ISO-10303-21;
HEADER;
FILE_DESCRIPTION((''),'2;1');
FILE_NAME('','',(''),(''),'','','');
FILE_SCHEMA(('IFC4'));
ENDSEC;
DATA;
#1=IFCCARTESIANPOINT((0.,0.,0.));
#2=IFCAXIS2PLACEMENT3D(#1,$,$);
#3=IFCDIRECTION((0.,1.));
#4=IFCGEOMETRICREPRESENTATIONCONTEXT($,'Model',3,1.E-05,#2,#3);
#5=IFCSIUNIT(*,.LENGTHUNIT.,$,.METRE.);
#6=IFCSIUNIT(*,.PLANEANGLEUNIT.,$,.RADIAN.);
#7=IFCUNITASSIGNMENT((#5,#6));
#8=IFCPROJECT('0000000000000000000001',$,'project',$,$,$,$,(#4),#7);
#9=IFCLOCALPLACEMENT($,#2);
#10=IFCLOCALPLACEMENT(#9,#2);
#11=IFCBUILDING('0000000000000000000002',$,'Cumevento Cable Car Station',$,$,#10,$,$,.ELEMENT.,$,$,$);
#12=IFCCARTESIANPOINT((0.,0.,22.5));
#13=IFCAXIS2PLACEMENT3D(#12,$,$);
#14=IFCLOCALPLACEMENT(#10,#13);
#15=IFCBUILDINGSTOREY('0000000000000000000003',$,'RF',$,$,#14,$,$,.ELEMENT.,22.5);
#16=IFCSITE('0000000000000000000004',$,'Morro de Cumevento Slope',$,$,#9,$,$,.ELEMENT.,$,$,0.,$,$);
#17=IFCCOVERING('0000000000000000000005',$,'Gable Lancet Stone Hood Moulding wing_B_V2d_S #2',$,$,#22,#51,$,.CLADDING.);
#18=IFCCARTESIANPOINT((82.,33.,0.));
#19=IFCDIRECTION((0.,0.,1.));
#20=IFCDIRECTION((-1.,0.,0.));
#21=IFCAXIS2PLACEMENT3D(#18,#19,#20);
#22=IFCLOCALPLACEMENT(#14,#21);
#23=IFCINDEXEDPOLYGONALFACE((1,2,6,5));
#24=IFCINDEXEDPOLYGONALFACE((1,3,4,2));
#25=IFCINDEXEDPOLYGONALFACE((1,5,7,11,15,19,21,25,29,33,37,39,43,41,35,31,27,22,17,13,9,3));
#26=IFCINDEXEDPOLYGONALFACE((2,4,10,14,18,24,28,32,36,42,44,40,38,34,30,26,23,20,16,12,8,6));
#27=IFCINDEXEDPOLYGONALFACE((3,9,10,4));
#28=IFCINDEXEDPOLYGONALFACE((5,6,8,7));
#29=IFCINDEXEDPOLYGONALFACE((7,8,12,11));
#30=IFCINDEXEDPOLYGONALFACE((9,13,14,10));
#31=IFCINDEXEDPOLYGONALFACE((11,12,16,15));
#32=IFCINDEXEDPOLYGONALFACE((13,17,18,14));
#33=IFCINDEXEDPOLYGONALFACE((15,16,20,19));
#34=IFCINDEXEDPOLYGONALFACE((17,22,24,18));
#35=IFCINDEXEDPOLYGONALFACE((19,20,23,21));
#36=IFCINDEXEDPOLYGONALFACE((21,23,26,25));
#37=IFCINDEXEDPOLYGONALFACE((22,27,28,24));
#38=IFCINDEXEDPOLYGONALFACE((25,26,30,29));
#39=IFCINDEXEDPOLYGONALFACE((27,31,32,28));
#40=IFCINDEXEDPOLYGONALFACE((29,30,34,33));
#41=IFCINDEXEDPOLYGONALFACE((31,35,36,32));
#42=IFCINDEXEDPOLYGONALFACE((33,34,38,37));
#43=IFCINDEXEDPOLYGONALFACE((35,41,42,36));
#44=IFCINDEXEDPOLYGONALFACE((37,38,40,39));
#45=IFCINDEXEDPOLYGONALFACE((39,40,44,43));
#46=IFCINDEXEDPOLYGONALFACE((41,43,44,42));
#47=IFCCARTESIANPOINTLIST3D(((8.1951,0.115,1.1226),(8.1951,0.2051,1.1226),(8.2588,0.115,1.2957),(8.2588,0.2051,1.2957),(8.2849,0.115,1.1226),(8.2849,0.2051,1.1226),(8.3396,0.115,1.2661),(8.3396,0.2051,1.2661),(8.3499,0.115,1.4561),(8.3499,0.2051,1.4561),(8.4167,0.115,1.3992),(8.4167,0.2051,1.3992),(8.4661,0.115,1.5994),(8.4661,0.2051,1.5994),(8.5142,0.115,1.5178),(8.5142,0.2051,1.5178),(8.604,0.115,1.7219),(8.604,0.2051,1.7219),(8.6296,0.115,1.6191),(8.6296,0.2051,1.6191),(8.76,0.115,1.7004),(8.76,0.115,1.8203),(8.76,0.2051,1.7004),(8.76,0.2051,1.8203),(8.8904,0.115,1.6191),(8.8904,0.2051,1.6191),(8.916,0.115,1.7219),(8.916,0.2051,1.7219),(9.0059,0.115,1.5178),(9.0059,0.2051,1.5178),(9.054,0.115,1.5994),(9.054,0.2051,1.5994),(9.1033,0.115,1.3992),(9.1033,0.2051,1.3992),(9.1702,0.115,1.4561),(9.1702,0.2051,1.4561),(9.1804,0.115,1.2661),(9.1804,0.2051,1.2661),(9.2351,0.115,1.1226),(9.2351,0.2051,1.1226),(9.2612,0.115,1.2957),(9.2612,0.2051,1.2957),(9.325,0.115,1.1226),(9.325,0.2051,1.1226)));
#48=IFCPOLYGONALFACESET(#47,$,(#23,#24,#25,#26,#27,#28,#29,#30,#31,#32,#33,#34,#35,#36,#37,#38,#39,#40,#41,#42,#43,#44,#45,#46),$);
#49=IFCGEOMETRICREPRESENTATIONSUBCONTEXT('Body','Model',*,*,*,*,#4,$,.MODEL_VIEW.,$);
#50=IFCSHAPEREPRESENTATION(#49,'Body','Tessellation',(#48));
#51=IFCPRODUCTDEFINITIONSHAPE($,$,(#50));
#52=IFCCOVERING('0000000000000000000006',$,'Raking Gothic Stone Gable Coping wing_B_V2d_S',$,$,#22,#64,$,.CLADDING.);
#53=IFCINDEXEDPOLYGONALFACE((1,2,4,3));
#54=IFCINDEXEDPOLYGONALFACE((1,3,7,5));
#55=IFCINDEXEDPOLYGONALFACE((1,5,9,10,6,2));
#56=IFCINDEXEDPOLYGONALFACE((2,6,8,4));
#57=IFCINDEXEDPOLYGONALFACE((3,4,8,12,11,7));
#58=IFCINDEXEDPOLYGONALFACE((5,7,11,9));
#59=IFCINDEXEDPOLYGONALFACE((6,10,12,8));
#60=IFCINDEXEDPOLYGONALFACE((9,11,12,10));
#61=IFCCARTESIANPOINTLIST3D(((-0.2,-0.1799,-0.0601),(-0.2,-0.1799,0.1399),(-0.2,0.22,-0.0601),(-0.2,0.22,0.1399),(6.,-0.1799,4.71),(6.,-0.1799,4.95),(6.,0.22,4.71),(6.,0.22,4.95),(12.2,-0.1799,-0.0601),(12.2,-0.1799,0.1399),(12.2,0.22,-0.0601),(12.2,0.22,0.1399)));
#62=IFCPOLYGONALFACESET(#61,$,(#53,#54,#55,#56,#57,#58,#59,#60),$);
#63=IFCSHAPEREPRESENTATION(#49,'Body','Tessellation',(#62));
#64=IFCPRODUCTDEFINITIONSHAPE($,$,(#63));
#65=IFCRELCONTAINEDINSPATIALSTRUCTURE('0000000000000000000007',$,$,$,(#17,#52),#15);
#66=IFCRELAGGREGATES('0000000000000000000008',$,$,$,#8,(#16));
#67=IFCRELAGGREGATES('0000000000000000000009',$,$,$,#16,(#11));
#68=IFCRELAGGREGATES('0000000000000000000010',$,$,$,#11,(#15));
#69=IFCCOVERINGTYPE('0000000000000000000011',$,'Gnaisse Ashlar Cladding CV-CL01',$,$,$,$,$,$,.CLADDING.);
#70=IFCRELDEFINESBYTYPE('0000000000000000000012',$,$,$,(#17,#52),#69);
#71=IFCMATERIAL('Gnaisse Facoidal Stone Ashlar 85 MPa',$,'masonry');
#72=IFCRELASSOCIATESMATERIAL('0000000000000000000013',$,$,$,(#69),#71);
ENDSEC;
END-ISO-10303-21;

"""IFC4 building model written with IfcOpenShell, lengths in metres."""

from ifc_helpers import new_model, si_unit, direction, frame, origin, place, context, subcontext, project, spatial, polyline, outline, extrude, material, type_object, element, save


model = new_model("IFC4")

# Units and contexts
model_context = context("Model", 3, precision=1e-05, world=origin(), true_north=direction((0.0, 1.0)))
body_context = subcontext(model_context, "Body", "Model", "MODEL_VIEW")
ifc_project = project(units=[si_unit("LENGTHUNIT", "METRE"), si_unit("PLANEANGLEUNIT", "RADIAN")], contexts=[model_context])

# Site, building, storey
site_placement = place(None, origin())
site = spatial("IfcSite", under=ifc_project, at=site_placement, Name="Morro de Cumevento Slope", CompositionType="ELEMENT", RefElevation=0.0)
building_placement = place(site_placement, origin())
building = spatial("IfcBuilding", under=site, at=building_placement, Name="Cumevento Cable Car Station", CompositionType="ELEMENT")
storey_placement = place(building_placement, frame((0.0, 0.0, 22.5)))
storey = spatial("IfcBuildingStorey", under=building, at=storey_placement, Name="RF", CompositionType="ELEMENT", Elevation=22.5)

# Coverings
ifc_material_1 = material(Name="Gnaisse Facoidal Stone Ashlar 85 MPa", Category="masonry")
covering_type = type_object("IfcCoveringType", Name="Gnaisse Ashlar Cladding CV-CL01", PredefinedType="CLADDING", material=ifc_material_1)
placement = place(storey_placement, frame((82.0, 33.0, 0.0), z_axis=(0.0, 0.0, 1.0), x_axis=(-1.0, 0.0, 0.0)))
element("IfcCovering", 1, at=placement, inside=storey, type_object=covering_type, Name="Gable Lancet Stone Hood Moulding wing_B_V2d_S #2", PredefinedType="CLADDING", context=body_context, shape_type="SweptSolid", body=[
    extrude(outline(polyline([(8.2849, 1.1226), (8.3396, 1.2661), (8.4167, 1.3992), (8.5142, 1.5178), (8.6296, 1.6191), (8.76, 1.7004), (8.8904, 1.6191), (9.0059, 1.5178), (9.1033, 1.3992), (9.1804, 1.2661), (9.2351, 1.1226), (9.325, 1.1226), (9.2612, 1.2957), (9.1702, 1.4561), (9.054, 1.5994), (8.916, 1.7219), (8.76, 1.8203), (8.604, 1.7219), (8.4661, 1.5994), (8.3499, 1.4561), (8.2588, 1.2957), (8.1951, 1.1226), (8.2849, 1.1226)])), frame((0.0, 0.2051, 0.0), z_axis=(0.0, -1.0, 0.0), x_axis=(1.0, 0.0, 0.0)), (0.0, 0.0, 1.0), 0.0901),
])
element("IfcCovering", 2, at=placement, inside=storey, type_object=covering_type, Name="Raking Gothic Stone Gable Coping wing_B_V2d_S", PredefinedType="CLADDING", context=body_context, shape_type="SweptSolid", body=[
    extrude(outline(polyline([(-0.2, -0.0601), (6.0, 4.71), (12.2, -0.0601), (12.2, 0.1399), (6.0, 4.95), (-0.2, 0.1399), (-0.2, -0.0601)])), frame((0.0, 0.22, 0.0), z_axis=(0.0, -1.0, 0.0), x_axis=(1.0, 0.0, 0.0)), (0.0, 0.0, 1.0), 0.3999),
])

save(model, "model.ifc")
